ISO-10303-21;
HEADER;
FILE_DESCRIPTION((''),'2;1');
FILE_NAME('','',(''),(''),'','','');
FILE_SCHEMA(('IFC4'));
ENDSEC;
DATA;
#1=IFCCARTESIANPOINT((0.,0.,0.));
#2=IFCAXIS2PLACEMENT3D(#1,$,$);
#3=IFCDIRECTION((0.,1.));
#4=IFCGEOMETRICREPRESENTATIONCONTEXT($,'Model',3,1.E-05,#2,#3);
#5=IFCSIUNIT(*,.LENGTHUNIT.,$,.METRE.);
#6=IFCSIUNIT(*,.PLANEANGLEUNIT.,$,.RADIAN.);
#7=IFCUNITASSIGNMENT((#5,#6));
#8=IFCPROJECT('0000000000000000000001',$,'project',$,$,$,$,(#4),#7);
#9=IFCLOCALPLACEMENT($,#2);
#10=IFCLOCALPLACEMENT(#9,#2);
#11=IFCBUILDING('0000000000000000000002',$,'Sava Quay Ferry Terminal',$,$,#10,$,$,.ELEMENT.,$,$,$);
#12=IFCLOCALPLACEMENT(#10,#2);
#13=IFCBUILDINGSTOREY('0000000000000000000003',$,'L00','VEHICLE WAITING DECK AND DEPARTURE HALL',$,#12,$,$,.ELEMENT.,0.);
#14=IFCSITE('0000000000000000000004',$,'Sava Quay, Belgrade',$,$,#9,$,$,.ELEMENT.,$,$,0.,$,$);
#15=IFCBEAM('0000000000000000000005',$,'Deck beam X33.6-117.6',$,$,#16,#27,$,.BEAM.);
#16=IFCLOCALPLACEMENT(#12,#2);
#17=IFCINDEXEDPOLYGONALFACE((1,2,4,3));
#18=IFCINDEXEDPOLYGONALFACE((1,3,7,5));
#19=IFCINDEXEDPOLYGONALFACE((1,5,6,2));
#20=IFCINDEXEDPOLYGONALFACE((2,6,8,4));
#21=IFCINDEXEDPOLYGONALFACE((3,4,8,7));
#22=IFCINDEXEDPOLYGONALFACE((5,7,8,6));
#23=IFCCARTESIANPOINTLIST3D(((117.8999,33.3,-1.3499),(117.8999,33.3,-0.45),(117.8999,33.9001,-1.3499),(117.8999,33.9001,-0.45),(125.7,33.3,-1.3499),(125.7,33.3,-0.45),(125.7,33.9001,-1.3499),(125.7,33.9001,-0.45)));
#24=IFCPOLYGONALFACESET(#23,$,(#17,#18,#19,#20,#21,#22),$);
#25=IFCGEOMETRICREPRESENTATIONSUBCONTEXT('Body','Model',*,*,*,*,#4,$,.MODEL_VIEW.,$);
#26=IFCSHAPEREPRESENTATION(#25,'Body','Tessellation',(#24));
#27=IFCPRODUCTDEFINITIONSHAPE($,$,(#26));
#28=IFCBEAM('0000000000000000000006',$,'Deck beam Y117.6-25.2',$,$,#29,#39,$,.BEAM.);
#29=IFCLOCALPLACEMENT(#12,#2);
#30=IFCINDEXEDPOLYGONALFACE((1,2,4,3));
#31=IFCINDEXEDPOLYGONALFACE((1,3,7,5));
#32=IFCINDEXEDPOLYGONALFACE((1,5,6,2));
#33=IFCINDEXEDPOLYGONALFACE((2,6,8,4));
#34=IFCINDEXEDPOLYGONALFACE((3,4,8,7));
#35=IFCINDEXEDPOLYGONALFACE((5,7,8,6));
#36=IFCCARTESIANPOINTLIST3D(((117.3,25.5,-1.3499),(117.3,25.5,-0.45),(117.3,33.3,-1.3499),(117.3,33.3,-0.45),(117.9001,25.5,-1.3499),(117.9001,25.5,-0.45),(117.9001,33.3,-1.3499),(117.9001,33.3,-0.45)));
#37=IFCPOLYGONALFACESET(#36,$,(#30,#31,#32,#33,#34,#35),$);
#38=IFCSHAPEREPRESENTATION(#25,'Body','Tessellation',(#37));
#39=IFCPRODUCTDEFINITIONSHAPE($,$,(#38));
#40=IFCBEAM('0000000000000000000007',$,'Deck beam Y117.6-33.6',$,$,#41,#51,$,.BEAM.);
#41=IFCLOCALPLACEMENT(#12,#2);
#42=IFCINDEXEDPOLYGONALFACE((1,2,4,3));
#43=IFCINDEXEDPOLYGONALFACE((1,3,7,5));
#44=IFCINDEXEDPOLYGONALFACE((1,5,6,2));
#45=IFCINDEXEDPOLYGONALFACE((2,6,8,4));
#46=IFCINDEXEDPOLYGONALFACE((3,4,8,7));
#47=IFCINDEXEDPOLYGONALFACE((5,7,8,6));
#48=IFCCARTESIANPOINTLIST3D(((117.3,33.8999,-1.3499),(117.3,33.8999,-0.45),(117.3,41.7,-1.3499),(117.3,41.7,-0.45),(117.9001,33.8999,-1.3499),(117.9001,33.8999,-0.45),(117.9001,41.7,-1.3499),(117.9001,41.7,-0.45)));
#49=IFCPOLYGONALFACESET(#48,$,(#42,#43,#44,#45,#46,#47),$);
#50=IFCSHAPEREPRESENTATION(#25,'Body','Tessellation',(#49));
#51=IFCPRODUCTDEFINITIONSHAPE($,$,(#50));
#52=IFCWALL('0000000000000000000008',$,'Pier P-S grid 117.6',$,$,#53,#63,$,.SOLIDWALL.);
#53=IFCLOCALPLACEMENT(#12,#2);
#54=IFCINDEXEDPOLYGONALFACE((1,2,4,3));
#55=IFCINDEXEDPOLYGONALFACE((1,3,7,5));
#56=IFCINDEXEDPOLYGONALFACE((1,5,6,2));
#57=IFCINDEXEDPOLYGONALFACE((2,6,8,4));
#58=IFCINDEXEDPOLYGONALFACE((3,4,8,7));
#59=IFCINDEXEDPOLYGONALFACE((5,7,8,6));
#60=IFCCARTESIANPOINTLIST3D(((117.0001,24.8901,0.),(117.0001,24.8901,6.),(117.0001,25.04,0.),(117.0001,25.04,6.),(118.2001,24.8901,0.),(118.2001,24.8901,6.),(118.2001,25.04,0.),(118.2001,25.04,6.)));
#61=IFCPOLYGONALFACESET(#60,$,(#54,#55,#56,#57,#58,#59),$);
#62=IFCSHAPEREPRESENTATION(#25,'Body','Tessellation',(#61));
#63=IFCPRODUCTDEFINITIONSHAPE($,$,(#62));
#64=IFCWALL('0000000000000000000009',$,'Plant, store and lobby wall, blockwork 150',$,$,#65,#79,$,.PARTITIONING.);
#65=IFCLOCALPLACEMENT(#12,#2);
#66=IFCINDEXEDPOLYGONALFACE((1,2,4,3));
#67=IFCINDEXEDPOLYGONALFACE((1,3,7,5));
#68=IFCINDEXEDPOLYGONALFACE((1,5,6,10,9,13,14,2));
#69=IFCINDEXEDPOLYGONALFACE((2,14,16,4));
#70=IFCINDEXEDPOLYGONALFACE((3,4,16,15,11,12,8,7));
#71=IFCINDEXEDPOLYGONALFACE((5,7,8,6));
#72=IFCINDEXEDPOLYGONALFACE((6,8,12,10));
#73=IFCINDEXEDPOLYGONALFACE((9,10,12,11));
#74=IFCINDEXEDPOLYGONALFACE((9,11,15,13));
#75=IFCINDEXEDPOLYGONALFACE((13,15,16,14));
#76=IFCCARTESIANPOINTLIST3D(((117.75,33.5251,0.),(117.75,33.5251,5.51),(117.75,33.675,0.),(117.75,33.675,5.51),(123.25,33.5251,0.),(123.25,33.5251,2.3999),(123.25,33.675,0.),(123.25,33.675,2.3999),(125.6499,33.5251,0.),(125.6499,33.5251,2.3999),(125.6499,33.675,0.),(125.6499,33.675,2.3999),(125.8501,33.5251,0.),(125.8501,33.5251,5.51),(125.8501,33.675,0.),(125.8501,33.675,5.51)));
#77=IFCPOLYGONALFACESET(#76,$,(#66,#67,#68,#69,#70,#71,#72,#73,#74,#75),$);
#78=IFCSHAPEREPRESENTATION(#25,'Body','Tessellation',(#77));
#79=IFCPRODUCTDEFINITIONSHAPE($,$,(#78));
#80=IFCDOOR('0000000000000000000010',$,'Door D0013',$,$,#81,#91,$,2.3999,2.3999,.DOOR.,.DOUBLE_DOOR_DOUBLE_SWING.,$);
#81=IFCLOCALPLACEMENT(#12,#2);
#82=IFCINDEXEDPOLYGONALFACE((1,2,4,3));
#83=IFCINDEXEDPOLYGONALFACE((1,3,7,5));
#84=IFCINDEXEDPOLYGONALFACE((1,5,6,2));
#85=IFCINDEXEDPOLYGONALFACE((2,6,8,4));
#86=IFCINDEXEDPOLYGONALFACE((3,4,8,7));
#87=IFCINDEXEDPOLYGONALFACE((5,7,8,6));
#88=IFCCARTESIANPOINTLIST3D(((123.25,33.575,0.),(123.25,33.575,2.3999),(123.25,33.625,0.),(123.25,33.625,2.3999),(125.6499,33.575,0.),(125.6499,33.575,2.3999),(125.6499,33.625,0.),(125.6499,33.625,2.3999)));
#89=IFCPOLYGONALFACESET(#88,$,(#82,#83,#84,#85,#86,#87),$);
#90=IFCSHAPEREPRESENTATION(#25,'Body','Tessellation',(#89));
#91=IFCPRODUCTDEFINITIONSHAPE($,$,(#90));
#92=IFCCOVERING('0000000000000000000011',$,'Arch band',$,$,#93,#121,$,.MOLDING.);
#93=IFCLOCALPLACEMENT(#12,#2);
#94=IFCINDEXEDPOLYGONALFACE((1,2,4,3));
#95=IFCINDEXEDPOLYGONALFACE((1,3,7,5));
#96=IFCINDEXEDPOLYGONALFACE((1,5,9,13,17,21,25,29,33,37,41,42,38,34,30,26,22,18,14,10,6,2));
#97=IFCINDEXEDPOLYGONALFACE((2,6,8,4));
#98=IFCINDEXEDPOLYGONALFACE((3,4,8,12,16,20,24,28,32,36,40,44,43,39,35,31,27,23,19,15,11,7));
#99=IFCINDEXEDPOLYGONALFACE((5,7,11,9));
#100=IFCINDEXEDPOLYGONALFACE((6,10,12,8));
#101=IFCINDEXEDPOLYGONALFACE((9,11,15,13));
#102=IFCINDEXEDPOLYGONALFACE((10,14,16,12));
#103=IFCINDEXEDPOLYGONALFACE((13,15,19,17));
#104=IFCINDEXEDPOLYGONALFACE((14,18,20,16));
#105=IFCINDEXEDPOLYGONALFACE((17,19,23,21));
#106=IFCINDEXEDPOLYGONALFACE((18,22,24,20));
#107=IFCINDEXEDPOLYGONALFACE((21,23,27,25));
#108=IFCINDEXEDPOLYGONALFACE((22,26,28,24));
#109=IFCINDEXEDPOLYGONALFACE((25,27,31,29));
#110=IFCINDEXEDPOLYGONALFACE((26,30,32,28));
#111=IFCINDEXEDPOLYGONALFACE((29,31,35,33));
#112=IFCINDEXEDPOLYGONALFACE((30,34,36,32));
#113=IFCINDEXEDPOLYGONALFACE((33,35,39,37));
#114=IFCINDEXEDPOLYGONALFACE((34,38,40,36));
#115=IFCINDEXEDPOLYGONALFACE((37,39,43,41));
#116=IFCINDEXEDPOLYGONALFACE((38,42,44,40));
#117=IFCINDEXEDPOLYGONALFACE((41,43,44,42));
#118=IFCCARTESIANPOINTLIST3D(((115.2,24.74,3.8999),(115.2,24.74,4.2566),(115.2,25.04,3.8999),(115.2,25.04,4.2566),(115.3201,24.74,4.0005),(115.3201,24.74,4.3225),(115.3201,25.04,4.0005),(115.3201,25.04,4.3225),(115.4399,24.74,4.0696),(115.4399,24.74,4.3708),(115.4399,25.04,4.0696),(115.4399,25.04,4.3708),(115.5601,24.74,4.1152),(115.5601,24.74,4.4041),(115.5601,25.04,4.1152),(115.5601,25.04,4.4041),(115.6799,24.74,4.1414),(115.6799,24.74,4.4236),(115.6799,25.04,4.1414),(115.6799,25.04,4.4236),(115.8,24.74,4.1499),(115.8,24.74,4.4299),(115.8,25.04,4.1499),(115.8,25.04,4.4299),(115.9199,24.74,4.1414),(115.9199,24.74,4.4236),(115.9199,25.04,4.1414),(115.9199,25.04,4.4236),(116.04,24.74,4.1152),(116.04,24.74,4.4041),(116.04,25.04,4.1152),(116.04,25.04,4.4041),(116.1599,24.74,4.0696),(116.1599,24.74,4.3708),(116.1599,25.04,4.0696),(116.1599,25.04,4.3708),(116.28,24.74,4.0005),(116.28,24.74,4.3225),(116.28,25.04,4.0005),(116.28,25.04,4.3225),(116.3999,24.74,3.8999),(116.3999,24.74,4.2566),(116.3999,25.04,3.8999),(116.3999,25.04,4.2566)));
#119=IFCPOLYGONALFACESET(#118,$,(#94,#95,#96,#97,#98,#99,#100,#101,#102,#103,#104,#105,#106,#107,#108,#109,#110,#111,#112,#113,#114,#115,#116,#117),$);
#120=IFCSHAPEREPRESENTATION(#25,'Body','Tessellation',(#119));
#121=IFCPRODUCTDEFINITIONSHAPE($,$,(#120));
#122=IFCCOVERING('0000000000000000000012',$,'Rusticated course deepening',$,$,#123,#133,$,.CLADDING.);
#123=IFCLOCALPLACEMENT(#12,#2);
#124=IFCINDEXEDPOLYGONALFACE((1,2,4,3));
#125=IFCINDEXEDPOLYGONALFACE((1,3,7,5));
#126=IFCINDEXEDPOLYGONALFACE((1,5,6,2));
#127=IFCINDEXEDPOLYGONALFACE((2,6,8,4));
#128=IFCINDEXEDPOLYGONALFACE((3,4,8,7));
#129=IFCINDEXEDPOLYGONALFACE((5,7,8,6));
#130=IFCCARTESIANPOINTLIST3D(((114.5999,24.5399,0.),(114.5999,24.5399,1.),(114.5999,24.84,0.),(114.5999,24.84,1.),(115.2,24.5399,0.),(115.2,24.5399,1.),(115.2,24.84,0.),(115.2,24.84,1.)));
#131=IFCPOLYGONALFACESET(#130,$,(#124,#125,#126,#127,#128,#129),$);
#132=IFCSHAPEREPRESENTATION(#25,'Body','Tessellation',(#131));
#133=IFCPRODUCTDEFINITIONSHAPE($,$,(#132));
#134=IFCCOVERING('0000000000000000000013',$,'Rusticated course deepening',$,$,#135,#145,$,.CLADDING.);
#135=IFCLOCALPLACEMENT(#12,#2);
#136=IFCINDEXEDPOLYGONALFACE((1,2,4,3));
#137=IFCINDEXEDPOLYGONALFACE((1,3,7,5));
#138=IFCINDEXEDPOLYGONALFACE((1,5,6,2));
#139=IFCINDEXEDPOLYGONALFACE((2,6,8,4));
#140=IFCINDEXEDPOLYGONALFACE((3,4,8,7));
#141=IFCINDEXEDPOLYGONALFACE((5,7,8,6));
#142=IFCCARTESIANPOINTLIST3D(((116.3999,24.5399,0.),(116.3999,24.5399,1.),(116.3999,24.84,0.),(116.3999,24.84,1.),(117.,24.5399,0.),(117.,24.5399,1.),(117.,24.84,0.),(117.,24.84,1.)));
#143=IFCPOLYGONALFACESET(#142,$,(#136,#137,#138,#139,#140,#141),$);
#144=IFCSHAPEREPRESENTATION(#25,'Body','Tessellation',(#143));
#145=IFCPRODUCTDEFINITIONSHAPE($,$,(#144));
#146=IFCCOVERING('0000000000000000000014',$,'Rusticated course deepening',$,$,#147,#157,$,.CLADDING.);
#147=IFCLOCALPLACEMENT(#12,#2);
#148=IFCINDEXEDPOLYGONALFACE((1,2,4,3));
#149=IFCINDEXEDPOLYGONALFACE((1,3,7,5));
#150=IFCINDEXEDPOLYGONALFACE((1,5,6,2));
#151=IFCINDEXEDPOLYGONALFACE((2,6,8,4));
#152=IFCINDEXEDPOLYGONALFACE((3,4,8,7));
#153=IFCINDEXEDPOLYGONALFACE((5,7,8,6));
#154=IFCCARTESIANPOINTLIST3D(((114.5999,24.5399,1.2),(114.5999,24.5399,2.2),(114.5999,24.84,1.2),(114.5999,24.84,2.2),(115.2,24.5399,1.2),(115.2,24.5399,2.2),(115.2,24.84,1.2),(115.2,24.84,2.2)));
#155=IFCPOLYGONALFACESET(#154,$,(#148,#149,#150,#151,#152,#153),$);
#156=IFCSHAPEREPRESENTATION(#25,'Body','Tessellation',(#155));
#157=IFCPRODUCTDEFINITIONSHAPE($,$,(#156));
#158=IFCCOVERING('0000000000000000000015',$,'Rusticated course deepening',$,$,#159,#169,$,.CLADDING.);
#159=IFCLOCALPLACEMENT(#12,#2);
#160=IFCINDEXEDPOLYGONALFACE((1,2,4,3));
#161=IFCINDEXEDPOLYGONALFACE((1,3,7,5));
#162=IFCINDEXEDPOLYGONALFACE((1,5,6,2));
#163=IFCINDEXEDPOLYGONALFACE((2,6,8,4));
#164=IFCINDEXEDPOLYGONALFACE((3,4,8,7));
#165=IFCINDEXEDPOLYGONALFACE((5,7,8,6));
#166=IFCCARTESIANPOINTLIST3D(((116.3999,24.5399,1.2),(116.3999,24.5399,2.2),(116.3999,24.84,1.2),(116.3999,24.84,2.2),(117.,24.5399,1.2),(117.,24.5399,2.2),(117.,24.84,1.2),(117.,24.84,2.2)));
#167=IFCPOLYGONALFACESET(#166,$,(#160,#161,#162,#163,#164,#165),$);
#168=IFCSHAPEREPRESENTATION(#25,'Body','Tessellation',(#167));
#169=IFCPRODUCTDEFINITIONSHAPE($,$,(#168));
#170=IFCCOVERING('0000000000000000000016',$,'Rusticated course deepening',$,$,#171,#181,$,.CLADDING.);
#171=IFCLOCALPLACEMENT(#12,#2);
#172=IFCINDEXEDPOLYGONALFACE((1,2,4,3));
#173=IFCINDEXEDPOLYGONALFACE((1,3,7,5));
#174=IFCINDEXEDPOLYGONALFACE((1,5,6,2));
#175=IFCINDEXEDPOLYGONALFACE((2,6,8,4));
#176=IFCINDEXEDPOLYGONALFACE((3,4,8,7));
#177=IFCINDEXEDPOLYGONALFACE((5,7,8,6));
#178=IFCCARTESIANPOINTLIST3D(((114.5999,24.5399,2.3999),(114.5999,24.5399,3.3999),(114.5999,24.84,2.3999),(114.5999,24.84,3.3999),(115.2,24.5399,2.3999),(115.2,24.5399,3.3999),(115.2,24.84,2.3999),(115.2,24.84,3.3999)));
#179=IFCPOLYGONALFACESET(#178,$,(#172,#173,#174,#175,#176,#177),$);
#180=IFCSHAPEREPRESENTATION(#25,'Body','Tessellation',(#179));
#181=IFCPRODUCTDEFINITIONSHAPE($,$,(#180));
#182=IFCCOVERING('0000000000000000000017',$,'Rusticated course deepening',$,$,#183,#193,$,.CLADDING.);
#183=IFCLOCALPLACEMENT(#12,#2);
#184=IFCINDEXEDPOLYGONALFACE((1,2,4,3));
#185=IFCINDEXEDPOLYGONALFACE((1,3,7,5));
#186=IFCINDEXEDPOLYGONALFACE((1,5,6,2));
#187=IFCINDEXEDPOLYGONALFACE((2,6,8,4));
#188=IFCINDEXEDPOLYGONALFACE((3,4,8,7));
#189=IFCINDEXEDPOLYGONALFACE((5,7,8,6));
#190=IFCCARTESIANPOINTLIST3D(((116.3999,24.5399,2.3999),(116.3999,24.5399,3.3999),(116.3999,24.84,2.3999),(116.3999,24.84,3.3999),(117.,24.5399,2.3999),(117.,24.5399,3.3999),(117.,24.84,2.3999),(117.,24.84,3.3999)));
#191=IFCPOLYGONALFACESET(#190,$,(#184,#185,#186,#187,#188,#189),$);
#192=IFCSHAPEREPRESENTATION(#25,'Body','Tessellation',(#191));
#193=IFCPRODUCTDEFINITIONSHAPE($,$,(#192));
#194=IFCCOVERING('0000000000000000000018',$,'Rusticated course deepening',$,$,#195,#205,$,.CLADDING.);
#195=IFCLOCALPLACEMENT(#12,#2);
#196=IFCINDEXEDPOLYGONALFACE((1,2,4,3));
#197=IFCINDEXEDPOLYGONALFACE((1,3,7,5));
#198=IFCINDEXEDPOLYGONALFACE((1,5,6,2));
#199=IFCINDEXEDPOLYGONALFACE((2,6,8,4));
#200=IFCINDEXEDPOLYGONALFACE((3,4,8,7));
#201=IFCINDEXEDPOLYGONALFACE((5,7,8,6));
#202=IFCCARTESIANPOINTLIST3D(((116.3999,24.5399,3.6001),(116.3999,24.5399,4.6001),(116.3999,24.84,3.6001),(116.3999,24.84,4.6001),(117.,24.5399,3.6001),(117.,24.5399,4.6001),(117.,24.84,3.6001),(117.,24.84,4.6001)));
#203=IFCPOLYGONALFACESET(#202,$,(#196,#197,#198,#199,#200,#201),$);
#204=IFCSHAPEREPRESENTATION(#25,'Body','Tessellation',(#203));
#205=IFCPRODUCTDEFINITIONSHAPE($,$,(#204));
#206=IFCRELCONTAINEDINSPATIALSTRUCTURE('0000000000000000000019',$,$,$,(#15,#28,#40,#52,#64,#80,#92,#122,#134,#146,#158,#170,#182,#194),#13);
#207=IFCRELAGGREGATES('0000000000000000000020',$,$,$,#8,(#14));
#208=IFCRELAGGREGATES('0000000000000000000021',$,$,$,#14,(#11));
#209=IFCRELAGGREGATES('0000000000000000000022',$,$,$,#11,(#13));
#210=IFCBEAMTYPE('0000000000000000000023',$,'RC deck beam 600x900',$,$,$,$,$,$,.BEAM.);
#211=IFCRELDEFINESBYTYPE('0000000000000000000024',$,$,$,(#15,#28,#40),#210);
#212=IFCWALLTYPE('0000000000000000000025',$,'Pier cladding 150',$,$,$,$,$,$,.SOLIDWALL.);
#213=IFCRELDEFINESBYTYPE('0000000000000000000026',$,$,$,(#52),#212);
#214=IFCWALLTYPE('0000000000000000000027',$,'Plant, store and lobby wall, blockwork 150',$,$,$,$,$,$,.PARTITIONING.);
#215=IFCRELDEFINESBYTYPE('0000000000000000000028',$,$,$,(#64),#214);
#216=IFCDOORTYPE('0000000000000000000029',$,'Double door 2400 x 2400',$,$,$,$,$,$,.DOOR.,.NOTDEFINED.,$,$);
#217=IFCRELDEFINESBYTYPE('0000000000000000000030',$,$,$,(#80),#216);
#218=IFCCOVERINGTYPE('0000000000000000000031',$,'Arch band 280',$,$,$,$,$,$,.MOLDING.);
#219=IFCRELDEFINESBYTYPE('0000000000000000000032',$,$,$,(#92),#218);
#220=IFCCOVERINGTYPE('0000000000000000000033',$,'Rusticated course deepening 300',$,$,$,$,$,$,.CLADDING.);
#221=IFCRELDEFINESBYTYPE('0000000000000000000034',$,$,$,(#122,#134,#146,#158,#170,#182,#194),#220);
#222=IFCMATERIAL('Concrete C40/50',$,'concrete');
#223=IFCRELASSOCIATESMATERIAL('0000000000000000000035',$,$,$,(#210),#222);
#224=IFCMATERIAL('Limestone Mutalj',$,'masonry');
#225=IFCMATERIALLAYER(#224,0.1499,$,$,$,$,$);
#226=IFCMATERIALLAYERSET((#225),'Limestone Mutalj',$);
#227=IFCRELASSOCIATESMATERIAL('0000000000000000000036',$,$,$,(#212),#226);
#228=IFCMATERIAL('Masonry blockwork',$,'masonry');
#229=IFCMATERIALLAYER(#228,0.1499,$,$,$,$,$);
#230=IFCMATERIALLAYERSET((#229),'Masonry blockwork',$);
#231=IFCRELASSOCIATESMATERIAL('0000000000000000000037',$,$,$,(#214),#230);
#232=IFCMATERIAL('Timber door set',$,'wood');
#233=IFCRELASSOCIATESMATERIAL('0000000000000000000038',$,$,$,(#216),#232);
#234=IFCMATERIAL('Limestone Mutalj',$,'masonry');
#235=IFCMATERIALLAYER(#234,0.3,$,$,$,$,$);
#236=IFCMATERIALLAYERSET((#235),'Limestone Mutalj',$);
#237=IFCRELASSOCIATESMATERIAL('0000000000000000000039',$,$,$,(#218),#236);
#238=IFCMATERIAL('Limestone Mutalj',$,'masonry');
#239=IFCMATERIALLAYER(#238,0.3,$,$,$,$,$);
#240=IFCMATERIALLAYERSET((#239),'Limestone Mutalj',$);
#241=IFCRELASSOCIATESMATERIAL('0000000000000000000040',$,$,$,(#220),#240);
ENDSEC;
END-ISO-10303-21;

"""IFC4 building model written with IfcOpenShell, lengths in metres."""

from ifc_helpers import new_model, si_unit, direction, frame, frame_2d, origin, origin_2d, place, context, subcontext, project, spatial, polyline, rectangle, outline, extrude, material, layer, layer_set, material_profile, profile_set, type_object, element, fill, save


model = new_model("IFC4")

# Units and contexts
model_context = context("Model", 3, precision=1e-05, world=origin(), true_north=direction((0.0, 1.0)))
body_context = subcontext(model_context, "Body", "Model", "MODEL_VIEW")
ifc_project = project(units=[si_unit("LENGTHUNIT", "METRE"), si_unit("PLANEANGLEUNIT", "RADIAN")], contexts=[model_context])

# Site, building, storey
site_placement = place(None, origin())
site = spatial("IfcSite", under=ifc_project, at=site_placement, Name="Sava Quay, Belgrade", CompositionType="ELEMENT", RefElevation=0.0)
building_placement = place(site_placement, origin())
building = spatial("IfcBuilding", under=site, at=building_placement, Name="Sava Quay Ferry Terminal", CompositionType="ELEMENT")
storey_placement = place(building_placement, origin())
storey = spatial("IfcBuildingStorey", under=building, at=storey_placement, Name="L00", Description="VEHICLE WAITING DECK AND DEPARTURE HALL", CompositionType="ELEMENT", Elevation=0.0)

# Beams
ifc_material_1 = material(Name="Concrete C40/50", Category="concrete")
ifc_material_profile_1 = material_profile(ifc_material_1, rectangle(XDim=0.6001, YDim=0.8999, at=origin_2d()), Name="RC 600x900")
ifc_profile_set_1 = profile_set([ifc_material_profile_1], Name="Concrete C40/50")
beam_type = type_object("IfcBeamType", Name="RC deck beam 600x900", PredefinedType="BEAM", material=ifc_profile_set_1)
for number, where, z_axis, x_axis, name in (
    (1, (117.8999, 33.6001, -0.8999), (1.0, 0.0, 0.0), (0.0, 1.0, 0.0), "Deck beam X33.6-117.6"),
    (2, (117.6001, 25.5, -0.8999), (0.0, 1.0, 0.0), (-1.0, 0.0, 0.0), "Deck beam Y117.6-25.2"),
    (3, (117.6001, 33.8999, -0.8999), (0.0, 1.0, 0.0), (-1.0, 0.0, 0.0), "Deck beam Y117.6-33.6"),
):
    element("IfcBeam", number, at=place(storey_placement, frame(where, z_axis=z_axis, x_axis=x_axis)), inside=storey, type_object=beam_type, Name=name, PredefinedType="BEAM", context=body_context, shape_type="SweptSolid", body=[
        extrude(rectangle(XDim=0.6001, YDim=0.8999, at=origin_2d()), origin(), (0.0, 0.0, 1.0), 7.8),
    ])

# Wall
ifc_material_2 = material(Name="Limestone Mutalj", Category="masonry")
ifc_layer_1 = layer(ifc_material_2, 0.1499)
ifc_layer_set_1 = layer_set([ifc_layer_1], Name="Limestone Mutalj")
wall_type_1 = type_object("IfcWallType", Name="Pier cladding 150", PredefinedType="SOLIDWALL", material=ifc_layer_set_1)
wall_1_placement = place(storey_placement, frame((117.0, 24.9651, 0.0), z_axis=(0.0, 0.0, 1.0), x_axis=(1.0, 0.0, 0.0)))
element("IfcWall", 4, at=wall_1_placement, inside=storey, type_object=wall_type_1, Name="Pier P-S grid 117.6", PredefinedType="SOLIDWALL", context=body_context, shape_type="SweptSolid", body=[
    extrude(rectangle(XDim=1.2, YDim=0.1499, at=frame_2d((0.6001, 0.0))), origin(), (0.0, 0.0, 1.0), 6.0),
])

# Wall, opening, door
ifc_material_3 = material(Name="Masonry blockwork", Category="masonry")
ifc_layer_2 = layer(ifc_material_3, 0.1499)
ifc_layer_set_2 = layer_set([ifc_layer_2], Name="Masonry blockwork")
wall_type_2 = type_object("IfcWallType", Name="Plant, store and lobby wall, blockwork 150", PredefinedType="PARTITIONING", material=ifc_layer_set_2)
wall_2_placement = place(storey_placement, frame((117.75, 33.6001, 0.0), z_axis=(0.0, 0.0, 1.0), x_axis=(1.0, 0.0, 0.0)))
wall_2 = element("IfcWall", 5, at=wall_2_placement, inside=storey, type_object=wall_type_2, Name="Plant, store and lobby wall, blockwork 150", PredefinedType="PARTITIONING", context=body_context, shape_type="SweptSolid", body=[
    extrude(rectangle(XDim=8.1001, YDim=0.1499, at=frame_2d((4.05, 0.0))), origin(), (0.0, 0.0, 1.0), 5.51),
])
opening_1_placement = place(wall_2_placement, frame((5.5, 0.0, 0.0)))
opening_1 = element("IfcOpeningElement", 6, at=opening_1_placement, cuts=wall_2, PredefinedType="OPENING", context=body_context, shape_type="SweptSolid", body=[
    extrude(rectangle(XDim=2.3999, YDim=2.3999, at=frame_2d((1.2, 1.2))), frame((0.0, 0.075, 0.0), z_axis=(0.0, -1.0, 0.0), x_axis=(1.0, 0.0, 0.0)), (0.0, 0.0, 1.0), 0.1499),
])
ifc_material_4 = material(Name="Timber door set", Category="wood")
door_type = type_object("IfcDoorType", Name="Double door 2400 x 2400", OperationType="NOTDEFINED", PredefinedType="DOOR", material=ifc_material_4)
door_placement = place(opening_1_placement, origin())
door = element("IfcDoor", 7, at=door_placement, inside=storey, type_object=door_type, Name="Door D0013", OperationType="DOUBLE_DOOR_DOUBLE_SWING", OverallHeight=2.3999, OverallWidth=2.3999, PredefinedType="DOOR", context=body_context, shape_type="SweptSolid", body=[
    extrude(rectangle(XDim=2.3999, YDim=2.3999, at=frame_2d((1.2, 1.2))), frame((0.0, 0.0249, 0.0), z_axis=(0.0, -1.0, 0.0), x_axis=(1.0, 0.0, 0.0)), (0.0, 0.0, 1.0), 0.05),
])
fill(opening_1, door)

# Coverings
ifc_material_5 = material(Name="Limestone Mutalj", Category="masonry")
ifc_layer_3 = layer(ifc_material_5, 0.3)
ifc_layer_set_3 = layer_set([ifc_layer_3], Name="Limestone Mutalj")
covering_type_1 = type_object("IfcCoveringType", Name="Arch band 280", PredefinedType="MOLDING", material=ifc_layer_set_3)
covering_placement = place(storey_placement, frame((115.2, 24.74, 3.8999), z_axis=(0.0, -1.0, 0.0), x_axis=(0.766686, 0.0, 0.642022)))
element("IfcCovering", 8, at=covering_placement, inside=storey, type_object=covering_type_1, Name="Arch band", PredefinedType="MOLDING", context=body_context, shape_type="SweptSolid", body=[
    extrude(outline(polyline([(0.0, 0.0), (0.1567, 0.0), (0.2929, -0.024), (0.4143, -0.0661), (0.523, -0.123), (0.6206, -0.1936), (0.707, -0.2771), (0.7823, -0.3743), (0.8449, -0.4862), (0.8927, -0.6163), (0.92, -0.7704), (1.149, -0.4969), (1.0994, -0.3694), (1.0383, -0.2552), (0.9678, -0.1528), (0.8882, -0.0607), (0.8004, 0.0211), (0.7042, 0.0933), (0.5998, 0.1553), (0.4864, 0.207), (0.3634, 0.2469), (0.229, 0.2735), (0.0, 0.0)])), origin(), (0.0, 0.0, -1.0), 0.3),
])
ifc_material_6 = material(Name="Limestone Mutalj", Category="masonry")
ifc_layer_4 = layer(ifc_material_6, 0.3)
ifc_layer_set_4 = layer_set([ifc_layer_4], Name="Limestone Mutalj")
covering_type_2 = type_object("IfcCoveringType", Name="Rusticated course deepening 300", PredefinedType="CLADDING", material=ifc_layer_set_4)
for number, where, z_axis, x_axis, name in (
    (9, (114.8999, 24.6899, 0.0), (0.0, 0.0, 1.0), (1.0, 0.0, 0.0), "Rusticated course deepening"),
    (10, (116.7, 24.6899, 0.0), (0.0, 0.0, 1.0), (1.0, 0.0, 0.0), "Rusticated course deepening"),
    (11, (114.8999, 24.6899, 1.2), (0.0, 0.0, 1.0), (1.0, 0.0, 0.0), "Rusticated course deepening"),
    (12, (116.7, 24.6899, 1.2), (0.0, 0.0, 1.0), (1.0, 0.0, 0.0), "Rusticated course deepening"),
    (13, (114.8999, 24.6899, 2.3999), (0.0, 0.0, 1.0), (1.0, 0.0, 0.0), "Rusticated course deepening"),
    (14, (116.7, 24.6899, 2.3999), (0.0, 0.0, 1.0), (1.0, 0.0, 0.0), "Rusticated course deepening"),
    (15, (116.7, 24.6899, 3.6001), (0.0, 0.0, 1.0), (1.0, 0.0, 0.0), "Rusticated course deepening"),
):
    element("IfcCovering", number, at=place(storey_placement, frame(where, z_axis=z_axis, x_axis=x_axis)), inside=storey, type_object=covering_type_2, Name=name, PredefinedType="CLADDING", context=body_context, shape_type="SweptSolid", body=[
        extrude(rectangle(XDim=0.6001, YDim=0.3, at=origin_2d()), origin(), (0.0, 0.0, 1.0), 1.0),
    ])

save(model, "model.ifc")
